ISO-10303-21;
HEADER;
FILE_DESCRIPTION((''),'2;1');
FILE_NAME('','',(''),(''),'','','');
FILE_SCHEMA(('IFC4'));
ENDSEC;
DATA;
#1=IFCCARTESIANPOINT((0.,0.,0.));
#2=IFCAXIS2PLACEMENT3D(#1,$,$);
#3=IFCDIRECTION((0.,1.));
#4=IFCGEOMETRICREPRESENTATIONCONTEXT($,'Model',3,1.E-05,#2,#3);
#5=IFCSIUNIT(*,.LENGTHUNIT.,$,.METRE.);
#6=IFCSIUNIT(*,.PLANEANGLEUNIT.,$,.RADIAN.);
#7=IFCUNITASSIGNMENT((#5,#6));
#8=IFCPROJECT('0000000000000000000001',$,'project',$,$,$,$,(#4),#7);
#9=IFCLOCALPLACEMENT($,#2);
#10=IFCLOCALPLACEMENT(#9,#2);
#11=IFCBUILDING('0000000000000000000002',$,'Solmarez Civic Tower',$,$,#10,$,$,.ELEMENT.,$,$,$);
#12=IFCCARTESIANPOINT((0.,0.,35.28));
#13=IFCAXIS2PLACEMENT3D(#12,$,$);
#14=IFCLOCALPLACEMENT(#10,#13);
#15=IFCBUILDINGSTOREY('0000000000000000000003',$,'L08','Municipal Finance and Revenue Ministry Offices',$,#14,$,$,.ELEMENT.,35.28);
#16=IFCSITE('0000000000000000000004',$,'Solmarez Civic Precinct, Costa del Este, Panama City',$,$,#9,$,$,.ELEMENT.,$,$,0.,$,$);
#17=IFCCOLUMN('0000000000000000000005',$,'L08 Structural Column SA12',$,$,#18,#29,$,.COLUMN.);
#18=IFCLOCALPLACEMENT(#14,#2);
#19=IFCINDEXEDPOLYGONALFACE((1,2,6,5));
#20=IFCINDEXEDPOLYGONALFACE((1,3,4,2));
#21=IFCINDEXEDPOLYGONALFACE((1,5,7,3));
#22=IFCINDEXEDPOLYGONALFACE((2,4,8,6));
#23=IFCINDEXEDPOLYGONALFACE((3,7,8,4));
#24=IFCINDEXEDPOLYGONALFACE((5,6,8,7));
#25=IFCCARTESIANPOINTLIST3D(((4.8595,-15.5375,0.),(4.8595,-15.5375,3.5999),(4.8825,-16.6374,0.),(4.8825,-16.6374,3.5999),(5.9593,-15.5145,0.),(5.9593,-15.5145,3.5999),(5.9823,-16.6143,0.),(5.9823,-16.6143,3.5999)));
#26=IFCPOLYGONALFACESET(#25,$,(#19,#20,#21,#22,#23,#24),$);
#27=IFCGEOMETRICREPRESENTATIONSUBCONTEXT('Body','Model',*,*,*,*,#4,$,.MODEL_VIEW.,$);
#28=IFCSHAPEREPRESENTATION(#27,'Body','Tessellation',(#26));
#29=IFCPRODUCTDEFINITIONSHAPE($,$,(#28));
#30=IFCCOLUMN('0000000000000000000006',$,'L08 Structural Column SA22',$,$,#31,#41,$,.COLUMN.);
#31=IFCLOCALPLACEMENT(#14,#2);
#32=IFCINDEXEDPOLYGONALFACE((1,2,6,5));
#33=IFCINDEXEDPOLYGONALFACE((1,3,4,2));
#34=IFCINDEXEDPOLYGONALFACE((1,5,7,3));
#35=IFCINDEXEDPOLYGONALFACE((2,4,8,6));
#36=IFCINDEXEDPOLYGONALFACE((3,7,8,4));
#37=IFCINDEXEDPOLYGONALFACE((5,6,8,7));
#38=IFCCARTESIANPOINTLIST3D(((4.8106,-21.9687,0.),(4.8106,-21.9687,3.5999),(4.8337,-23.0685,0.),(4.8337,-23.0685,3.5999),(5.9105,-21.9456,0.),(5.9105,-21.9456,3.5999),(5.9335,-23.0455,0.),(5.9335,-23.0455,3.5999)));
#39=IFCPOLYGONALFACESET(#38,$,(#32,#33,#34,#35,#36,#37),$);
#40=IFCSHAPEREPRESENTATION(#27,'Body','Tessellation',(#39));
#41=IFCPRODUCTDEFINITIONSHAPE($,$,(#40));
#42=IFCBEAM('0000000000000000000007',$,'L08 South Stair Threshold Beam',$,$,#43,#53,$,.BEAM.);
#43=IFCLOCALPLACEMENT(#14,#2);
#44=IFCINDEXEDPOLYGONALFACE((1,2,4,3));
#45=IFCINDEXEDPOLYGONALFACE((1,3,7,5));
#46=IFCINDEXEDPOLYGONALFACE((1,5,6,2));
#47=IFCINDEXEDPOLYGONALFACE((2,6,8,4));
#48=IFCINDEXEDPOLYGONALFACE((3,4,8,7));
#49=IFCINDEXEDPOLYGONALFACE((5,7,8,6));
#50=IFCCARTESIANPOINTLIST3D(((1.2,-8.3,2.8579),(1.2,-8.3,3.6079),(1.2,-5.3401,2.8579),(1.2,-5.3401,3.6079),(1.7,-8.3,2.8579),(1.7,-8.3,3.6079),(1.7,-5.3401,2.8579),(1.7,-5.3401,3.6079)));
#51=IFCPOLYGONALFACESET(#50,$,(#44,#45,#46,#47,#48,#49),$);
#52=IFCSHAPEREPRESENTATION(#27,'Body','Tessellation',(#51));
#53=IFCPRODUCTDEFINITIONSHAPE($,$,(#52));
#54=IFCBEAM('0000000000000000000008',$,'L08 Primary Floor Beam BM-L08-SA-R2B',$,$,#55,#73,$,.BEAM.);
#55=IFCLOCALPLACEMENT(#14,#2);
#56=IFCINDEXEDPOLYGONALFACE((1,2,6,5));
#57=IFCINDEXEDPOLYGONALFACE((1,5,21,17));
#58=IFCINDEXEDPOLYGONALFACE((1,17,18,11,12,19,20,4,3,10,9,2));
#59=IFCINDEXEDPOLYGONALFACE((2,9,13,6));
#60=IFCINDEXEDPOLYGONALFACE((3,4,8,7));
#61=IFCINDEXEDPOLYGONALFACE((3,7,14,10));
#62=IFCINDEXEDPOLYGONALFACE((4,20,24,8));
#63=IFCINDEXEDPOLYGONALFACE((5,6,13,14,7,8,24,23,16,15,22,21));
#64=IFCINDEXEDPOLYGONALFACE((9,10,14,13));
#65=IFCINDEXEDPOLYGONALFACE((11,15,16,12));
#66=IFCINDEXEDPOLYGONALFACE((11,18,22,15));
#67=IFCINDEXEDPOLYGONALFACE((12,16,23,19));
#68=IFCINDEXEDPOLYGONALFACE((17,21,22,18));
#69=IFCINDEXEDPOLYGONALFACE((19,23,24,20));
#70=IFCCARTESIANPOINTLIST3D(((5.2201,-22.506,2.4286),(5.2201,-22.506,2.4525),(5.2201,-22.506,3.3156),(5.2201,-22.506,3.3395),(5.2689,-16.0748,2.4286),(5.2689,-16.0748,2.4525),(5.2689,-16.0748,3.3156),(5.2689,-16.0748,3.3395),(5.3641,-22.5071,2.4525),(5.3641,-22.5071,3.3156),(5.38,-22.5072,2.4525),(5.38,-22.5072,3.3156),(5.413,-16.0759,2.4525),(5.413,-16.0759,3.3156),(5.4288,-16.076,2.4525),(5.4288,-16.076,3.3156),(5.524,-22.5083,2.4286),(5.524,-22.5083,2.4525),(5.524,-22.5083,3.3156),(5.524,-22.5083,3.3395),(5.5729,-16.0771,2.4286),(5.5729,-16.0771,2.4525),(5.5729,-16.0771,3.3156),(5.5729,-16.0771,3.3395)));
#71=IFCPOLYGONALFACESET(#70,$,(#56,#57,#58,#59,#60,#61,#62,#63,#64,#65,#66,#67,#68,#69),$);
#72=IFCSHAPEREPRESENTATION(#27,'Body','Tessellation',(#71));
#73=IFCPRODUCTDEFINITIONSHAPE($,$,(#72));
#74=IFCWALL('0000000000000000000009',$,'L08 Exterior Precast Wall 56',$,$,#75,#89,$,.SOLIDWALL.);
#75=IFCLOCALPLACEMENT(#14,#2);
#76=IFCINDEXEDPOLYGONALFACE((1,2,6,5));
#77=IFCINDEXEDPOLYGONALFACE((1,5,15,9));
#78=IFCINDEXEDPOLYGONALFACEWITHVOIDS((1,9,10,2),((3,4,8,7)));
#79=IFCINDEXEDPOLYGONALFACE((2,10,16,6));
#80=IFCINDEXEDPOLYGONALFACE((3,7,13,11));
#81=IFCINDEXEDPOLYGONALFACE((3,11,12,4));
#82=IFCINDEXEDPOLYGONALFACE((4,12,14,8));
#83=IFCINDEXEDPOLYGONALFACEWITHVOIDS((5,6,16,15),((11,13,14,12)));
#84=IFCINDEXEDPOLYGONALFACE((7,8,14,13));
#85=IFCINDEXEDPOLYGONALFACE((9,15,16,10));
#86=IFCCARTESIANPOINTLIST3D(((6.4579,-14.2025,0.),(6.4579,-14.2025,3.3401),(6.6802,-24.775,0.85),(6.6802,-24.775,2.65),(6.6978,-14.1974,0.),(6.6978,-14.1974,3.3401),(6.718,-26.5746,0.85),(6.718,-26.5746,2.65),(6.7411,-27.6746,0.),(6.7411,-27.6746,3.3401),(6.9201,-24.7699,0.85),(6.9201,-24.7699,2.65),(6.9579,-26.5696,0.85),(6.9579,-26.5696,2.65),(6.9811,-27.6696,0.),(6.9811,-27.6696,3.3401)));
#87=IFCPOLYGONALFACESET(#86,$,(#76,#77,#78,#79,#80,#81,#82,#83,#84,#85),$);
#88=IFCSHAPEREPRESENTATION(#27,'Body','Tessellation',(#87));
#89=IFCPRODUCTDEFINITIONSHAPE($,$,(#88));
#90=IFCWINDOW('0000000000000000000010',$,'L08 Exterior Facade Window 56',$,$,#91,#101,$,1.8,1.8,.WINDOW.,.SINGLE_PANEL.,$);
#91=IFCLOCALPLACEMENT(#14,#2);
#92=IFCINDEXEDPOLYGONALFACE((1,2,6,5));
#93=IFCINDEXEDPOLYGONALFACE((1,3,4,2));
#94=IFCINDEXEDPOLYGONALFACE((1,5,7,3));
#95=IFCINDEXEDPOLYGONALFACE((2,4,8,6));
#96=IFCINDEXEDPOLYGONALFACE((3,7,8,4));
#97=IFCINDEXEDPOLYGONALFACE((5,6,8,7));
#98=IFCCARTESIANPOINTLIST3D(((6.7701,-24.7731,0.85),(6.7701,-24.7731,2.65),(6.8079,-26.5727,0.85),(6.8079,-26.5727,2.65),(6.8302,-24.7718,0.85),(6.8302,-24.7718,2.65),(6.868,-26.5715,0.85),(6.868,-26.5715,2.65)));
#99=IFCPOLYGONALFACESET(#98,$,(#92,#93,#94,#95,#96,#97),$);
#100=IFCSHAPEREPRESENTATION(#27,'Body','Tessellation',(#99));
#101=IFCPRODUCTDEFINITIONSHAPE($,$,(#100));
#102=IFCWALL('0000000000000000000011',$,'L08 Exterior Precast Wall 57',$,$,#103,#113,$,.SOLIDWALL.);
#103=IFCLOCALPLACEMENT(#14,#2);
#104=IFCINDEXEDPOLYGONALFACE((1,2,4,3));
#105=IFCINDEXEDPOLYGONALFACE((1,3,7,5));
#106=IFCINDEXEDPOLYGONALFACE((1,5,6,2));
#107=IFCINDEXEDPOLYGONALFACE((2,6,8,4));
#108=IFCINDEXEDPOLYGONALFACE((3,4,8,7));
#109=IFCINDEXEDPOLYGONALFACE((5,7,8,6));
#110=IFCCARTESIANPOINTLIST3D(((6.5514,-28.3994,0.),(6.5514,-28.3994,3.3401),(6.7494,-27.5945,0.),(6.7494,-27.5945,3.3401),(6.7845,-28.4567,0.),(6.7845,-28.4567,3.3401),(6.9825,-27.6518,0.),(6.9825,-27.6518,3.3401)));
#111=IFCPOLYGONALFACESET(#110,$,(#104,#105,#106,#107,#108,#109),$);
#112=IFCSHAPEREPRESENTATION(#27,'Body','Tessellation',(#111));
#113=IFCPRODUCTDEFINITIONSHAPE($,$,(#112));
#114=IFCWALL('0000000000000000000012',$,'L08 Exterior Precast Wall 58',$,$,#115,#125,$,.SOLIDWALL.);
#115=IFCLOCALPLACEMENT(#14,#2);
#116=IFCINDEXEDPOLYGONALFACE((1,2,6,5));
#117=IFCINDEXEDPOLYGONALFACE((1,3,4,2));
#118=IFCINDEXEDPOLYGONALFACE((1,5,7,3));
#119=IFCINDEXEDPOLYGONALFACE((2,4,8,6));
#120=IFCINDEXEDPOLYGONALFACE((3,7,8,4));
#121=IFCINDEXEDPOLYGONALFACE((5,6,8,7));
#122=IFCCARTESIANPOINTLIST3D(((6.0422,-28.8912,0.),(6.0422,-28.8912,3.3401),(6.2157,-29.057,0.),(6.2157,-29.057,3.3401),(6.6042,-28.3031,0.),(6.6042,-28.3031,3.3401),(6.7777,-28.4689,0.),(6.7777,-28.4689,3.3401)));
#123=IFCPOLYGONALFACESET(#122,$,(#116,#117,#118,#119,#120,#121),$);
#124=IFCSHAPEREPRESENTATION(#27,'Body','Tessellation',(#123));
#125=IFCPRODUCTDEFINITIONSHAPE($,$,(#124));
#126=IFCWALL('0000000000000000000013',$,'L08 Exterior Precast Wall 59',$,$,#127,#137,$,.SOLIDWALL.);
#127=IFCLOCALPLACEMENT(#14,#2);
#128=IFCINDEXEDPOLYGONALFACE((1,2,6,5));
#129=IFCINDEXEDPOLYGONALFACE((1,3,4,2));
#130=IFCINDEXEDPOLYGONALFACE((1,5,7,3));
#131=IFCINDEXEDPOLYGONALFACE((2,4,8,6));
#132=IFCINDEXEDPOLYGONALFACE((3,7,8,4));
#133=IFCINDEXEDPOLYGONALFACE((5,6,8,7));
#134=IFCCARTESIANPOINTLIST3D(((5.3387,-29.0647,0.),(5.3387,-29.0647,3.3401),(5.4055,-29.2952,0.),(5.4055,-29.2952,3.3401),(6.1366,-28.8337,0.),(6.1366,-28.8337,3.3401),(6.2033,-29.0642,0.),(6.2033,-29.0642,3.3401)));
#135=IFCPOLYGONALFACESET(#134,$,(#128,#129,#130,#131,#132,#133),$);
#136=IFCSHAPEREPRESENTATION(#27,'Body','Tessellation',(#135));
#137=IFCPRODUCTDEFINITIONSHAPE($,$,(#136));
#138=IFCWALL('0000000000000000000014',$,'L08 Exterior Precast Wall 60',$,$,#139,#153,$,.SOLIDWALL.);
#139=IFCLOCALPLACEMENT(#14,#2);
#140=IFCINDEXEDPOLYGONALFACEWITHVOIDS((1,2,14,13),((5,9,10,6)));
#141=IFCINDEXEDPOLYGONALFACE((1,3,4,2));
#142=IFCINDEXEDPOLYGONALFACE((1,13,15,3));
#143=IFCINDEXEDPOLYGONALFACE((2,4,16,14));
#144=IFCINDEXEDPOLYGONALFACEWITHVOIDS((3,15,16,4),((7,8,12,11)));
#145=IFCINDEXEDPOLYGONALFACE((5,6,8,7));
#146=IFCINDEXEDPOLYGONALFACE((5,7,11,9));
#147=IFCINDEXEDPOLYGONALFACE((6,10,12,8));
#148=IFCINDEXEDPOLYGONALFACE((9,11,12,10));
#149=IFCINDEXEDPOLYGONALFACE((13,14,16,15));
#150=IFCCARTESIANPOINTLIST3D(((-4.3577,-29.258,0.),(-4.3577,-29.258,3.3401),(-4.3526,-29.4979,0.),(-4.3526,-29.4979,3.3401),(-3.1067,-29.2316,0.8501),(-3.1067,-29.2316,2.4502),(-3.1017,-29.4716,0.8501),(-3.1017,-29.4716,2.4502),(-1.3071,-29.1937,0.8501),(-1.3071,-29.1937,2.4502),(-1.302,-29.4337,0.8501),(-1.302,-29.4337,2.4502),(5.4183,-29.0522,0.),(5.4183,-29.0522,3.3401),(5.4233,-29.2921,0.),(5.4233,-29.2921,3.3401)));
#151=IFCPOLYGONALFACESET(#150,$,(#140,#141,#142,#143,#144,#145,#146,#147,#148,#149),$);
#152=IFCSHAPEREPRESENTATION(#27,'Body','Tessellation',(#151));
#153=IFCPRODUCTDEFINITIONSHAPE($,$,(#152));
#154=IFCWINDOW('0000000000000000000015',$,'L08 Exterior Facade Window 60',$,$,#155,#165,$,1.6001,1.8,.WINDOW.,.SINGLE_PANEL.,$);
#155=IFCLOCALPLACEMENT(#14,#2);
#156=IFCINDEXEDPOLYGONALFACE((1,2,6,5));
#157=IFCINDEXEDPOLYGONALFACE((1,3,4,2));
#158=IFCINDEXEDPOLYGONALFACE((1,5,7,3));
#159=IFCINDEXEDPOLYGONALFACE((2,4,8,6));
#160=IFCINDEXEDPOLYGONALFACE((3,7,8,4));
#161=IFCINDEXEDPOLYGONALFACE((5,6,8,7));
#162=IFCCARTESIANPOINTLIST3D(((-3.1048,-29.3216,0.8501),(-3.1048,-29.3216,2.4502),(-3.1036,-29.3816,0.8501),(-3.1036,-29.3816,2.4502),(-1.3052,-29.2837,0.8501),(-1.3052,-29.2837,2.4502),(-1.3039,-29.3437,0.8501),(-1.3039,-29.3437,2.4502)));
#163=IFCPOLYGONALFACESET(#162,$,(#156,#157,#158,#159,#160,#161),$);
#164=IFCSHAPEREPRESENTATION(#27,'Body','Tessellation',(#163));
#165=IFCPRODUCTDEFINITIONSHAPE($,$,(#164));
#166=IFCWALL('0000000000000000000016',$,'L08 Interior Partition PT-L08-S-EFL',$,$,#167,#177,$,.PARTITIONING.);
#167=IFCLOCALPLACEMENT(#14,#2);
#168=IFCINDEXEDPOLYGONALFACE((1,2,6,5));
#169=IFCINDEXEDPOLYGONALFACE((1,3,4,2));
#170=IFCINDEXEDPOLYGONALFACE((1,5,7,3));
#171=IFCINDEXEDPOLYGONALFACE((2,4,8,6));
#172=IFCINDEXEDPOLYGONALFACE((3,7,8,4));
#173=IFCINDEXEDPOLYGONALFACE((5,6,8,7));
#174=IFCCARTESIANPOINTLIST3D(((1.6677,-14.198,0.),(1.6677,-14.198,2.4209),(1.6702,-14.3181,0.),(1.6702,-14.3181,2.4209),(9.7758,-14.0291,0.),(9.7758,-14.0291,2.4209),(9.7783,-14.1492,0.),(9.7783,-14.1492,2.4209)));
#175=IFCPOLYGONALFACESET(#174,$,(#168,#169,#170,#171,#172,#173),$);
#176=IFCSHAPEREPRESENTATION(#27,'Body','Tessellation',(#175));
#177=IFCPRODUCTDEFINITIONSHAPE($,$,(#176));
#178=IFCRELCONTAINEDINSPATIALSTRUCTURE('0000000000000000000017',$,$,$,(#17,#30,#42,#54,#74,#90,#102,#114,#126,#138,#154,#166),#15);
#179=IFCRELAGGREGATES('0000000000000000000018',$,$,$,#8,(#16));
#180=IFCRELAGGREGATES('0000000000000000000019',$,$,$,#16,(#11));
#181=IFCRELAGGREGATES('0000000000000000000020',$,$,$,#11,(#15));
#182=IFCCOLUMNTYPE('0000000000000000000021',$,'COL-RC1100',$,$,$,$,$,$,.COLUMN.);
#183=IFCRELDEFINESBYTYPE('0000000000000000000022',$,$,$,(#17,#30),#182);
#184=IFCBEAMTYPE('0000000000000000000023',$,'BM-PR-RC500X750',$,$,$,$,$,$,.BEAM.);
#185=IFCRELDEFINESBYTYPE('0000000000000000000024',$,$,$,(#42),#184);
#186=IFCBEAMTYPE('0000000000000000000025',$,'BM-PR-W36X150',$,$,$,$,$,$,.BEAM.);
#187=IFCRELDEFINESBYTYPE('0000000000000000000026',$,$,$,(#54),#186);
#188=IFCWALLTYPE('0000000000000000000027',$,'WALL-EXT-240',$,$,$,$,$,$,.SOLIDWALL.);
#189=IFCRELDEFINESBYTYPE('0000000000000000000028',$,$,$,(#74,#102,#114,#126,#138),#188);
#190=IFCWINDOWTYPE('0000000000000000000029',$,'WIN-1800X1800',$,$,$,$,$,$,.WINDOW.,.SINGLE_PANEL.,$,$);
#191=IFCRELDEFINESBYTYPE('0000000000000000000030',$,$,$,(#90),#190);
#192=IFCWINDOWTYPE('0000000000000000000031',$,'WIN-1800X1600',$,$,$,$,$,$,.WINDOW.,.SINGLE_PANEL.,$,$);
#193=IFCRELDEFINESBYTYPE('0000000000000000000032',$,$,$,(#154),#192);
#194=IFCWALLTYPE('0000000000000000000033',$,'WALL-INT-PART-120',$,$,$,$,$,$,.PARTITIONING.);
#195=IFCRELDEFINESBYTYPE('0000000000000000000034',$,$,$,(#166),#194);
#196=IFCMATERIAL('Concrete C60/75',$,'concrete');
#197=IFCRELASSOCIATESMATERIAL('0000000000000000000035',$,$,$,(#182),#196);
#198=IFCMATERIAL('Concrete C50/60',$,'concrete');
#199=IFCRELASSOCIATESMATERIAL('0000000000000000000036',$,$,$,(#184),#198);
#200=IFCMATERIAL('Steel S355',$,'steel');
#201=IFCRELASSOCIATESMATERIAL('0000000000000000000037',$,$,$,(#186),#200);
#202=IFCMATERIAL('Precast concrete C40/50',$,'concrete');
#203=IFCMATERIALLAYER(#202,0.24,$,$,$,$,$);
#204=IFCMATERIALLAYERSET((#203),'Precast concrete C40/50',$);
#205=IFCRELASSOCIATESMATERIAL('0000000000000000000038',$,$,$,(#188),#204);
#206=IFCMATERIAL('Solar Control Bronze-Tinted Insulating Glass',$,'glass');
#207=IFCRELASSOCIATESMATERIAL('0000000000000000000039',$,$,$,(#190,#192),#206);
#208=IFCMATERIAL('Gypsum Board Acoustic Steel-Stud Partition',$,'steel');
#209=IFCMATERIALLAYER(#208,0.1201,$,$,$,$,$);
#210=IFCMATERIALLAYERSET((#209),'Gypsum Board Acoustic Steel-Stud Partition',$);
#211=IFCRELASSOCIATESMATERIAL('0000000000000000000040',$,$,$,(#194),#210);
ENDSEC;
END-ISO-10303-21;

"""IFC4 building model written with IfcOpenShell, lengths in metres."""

from ifc_helpers import new_model, si_unit, direction, frame, frame_2d, origin, origin_2d, place, context, subcontext, project, spatial, rectangle, i_section, extrude, material, layer, layer_set, material_profile, profile_set, type_object, element, fill, save


model = new_model("IFC4")

# Units and contexts
model_context = context("Model", 3, precision=1e-05, world=origin(), true_north=direction((0.0, 1.0)))
body_context = subcontext(model_context, "Body", "Model", "MODEL_VIEW")
ifc_project = project(units=[si_unit("LENGTHUNIT", "METRE"), si_unit("PLANEANGLEUNIT", "RADIAN")], contexts=[model_context])

# Site, building, storey
site_placement = place(None, origin())
site = spatial("IfcSite", under=ifc_project, at=site_placement, Name="Solmarez Civic Precinct, Costa del Este, Panama City", CompositionType="ELEMENT", RefElevation=0.0)
building_placement = place(site_placement, origin())
building = spatial("IfcBuilding", under=site, at=building_placement, Name="Solmarez Civic Tower", CompositionType="ELEMENT")
storey_placement = place(building_placement, frame((0.0, 0.0, 35.28)))
storey = spatial("IfcBuildingStorey", under=building, at=storey_placement, Name="L08", Description="Municipal Finance and Revenue Ministry Offices", CompositionType="ELEMENT", Elevation=35.28)

# Columns
ifc_material_1 = material(Name="Concrete C60/75", Category="concrete")
ifc_material_profile_1 = material_profile(ifc_material_1, rectangle(XDim=1.1001, YDim=1.1001, at=origin_2d()), Name="RC1100X1100")
ifc_profile_set_1 = profile_set([ifc_material_profile_1], Name="Concrete C60/75")
column_type = type_object("IfcColumnType", Name="COL-RC1100", PredefinedType="COLUMN", material=ifc_profile_set_1)
for number, where, z_axis, x_axis, name in (
    (1, (5.4209, -16.0759, 0.0), (0.0, 0.0, 1.0), (0.999781, 0.020942, 0.0), "L08 Structural Column SA12"),
    (2, (5.3721, -22.5071, 0.0), (0.0, 0.0, 1.0), (0.999781, 0.020942, 0.0), "L08 Structural Column SA22"),
):
    element("IfcColumn", number, at=place(storey_placement, frame(where, z_axis=z_axis, x_axis=x_axis)), inside=storey, type_object=column_type, Name=name, PredefinedType="COLUMN", context=body_context, shape_type="SweptSolid", body=[
        extrude(rectangle(XDim=1.1001, YDim=1.1001, at=origin_2d()), origin(), (0.0, 0.0, 1.0), 3.5999),
    ])

# Beams
ifc_material_2 = material(Name="Concrete C50/60", Category="concrete")
ifc_material_profile_2 = material_profile(ifc_material_2, rectangle(XDim=0.5, YDim=0.75, at=origin_2d()), Name="RC500X750")
ifc_profile_set_2 = profile_set([ifc_material_profile_2], Name="Concrete C50/60")
beam_type_1 = type_object("IfcBeamType", Name="BM-PR-RC500X750", PredefinedType="BEAM", material=ifc_profile_set_2)
beam_1_placement = place(storey_placement, frame((1.45, -8.3, 3.2329), z_axis=(0.0, 1.0, 0.0), x_axis=(-1.0, 0.0, 0.0)))
element("IfcBeam", 3, at=beam_1_placement, inside=storey, type_object=beam_type_1, Name="L08 South Stair Threshold Beam", PredefinedType="BEAM", context=body_context, shape_type="SweptSolid", body=[
    extrude(rectangle(XDim=0.5, YDim=0.75, at=origin_2d()), origin(), (0.0, 0.0, 1.0), 2.96),
])
ifc_material_3 = material(Name="Steel S355", Category="steel")
ifc_material_profile_3 = material_profile(ifc_material_3, i_section(OverallWidth=0.304, OverallDepth=0.9109, WebThickness=0.0159, FlangeThickness=0.0239, at=origin_2d()), Name="W36X150")
ifc_profile_set_3 = profile_set([ifc_material_profile_3], Name="Steel S355")
beam_type_2 = type_object("IfcBeamType", Name="BM-PR-W36X150", PredefinedType="BEAM", material=ifc_profile_set_3)
beam_2_placement = place(storey_placement, frame((5.4209, -16.0759, 2.884), z_axis=(-0.007592, -0.999971, 0.0), x_axis=(0.999971, -0.007592, 0.0)))
element("IfcBeam", 4, at=beam_2_placement, inside=storey, type_object=beam_type_2, Name="L08 Primary Floor Beam BM-L08-SA-R2B", PredefinedType="BEAM", context=body_context, shape_type="SweptSolid", body=[
    extrude(i_section(OverallWidth=0.304, OverallDepth=0.9109, WebThickness=0.0159, FlangeThickness=0.0239, at=origin_2d()), origin(), (0.0, 0.0, 1.0), 6.4314),
])

# Wall, opening, window
ifc_material_4 = material(Name="Precast concrete C40/50", Category="concrete")
ifc_layer_1 = layer(ifc_material_4, 0.24)
ifc_layer_set_1 = layer_set([ifc_layer_1], Name="Precast concrete C40/50")
wall_type_1 = type_object("IfcWallType", Name="WALL-EXT-240", PredefinedType="SOLIDWALL", material=ifc_layer_set_1)
wall_1_placement = place(storey_placement, frame((6.5779, -14.2, 0.0), z_axis=(0.0, 0.0, 1.0), x_axis=(0.021017, -0.999779, 0.0)))
wall_1 = element("IfcWall", 5, at=wall_1_placement, inside=storey, type_object=wall_type_1, Name="L08 Exterior Precast Wall 56", PredefinedType="SOLIDWALL", context=body_context, shape_type="SweptSolid", body=[
    extrude(rectangle(XDim=13.4751, YDim=0.24, at=frame_2d((6.7375, 0.0))), origin(), (0.0, 0.0, 1.0), 3.3401),
])
opening_1_placement = place(wall_1_placement, frame((10.575, 0.0, 0.8501)))
opening_1 = element("IfcOpeningElement", 6, at=opening_1_placement, cuts=wall_1, PredefinedType="OPENING", context=body_context, shape_type="SweptSolid", body=[
    extrude(rectangle(XDim=1.8, YDim=1.8, at=frame_2d((0.8999, 0.8999))), frame((0.0, 0.1299, 0.0), z_axis=(0.0, -1.0, 0.0), x_axis=(1.0, 0.0, 0.0)), (0.0, 0.0, 1.0), 0.26),
])
ifc_material_5 = material(Name="Solar Control Bronze-Tinted Insulating Glass", Category="glass")
window_type_1 = type_object("IfcWindowType", Name="WIN-1800X1800", PartitioningType="SINGLE_PANEL", PredefinedType="WINDOW", material=ifc_material_5)
window_1_placement = place(opening_1_placement, origin())
window_1 = element("IfcWindow", 7, at=window_1_placement, inside=storey, type_object=window_type_1, Name="L08 Exterior Facade Window 56", OverallHeight=1.8, OverallWidth=1.8, PartitioningType="SINGLE_PANEL", PredefinedType="WINDOW", context=body_context, shape_type="SweptSolid", body=[
    extrude(rectangle(XDim=1.8, YDim=1.8, at=frame_2d((0.8999, 0.8999))), frame((0.0, 0.03, 0.0), z_axis=(0.0, -1.0, 0.0), x_axis=(1.0, 0.0, 0.0)), (0.0, 0.0, 1.0), 0.0601),
])
fill(opening_1, window_1)

# Walls
wall_2_placement = place(storey_placement, frame((6.866, -27.623, 0.0), z_axis=(0.0, 0.0, 1.0), x_axis=(-0.238861, -0.971054, 0.0)))
element("IfcWall", 8, at=wall_2_placement, inside=storey, type_object=wall_type_1, Name="L08 Exterior Precast Wall 57", PredefinedType="SOLIDWALL", context=body_context, shape_type="SweptSolid", body=[
    extrude(rectangle(XDim=0.8289, YDim=0.24, at=frame_2d((0.4146, 0.0))), origin(), (0.0, 0.0, 1.0), 3.3401),
])
wall_3_placement = place(storey_placement, frame((6.6909, -28.386, 0.0), z_axis=(0.0, 0.0, 1.0), x_axis=(-0.690868, -0.722981, 0.0)))
element("IfcWall", 9, at=wall_3_placement, inside=storey, type_object=wall_type_1, Name="L08 Exterior Precast Wall 58", PredefinedType="SOLIDWALL", context=body_context, shape_type="SweptSolid", body=[
    extrude(rectangle(XDim=0.8135, YDim=0.24, at=frame_2d((0.4067, 0.0))), origin(), (0.0, 0.0, 1.0), 3.3401),
])
wall_4_placement = place(storey_placement, frame((6.1699, -28.949, 0.0), z_axis=(0.0, 0.0, 1.0), x_axis=(-0.960564, -0.278058, 0.0)))
element("IfcWall", 10, at=wall_4_placement, inside=storey, type_object=wall_type_1, Name="L08 Exterior Precast Wall 59", PredefinedType="SOLIDWALL", context=body_context, shape_type="SweptSolid", body=[
    extrude(rectangle(XDim=0.8306, YDim=0.24, at=frame_2d((0.4153, 0.0))), origin(), (0.0, 0.0, 1.0), 3.3401),
])

# Wall, opening, window
wall_5_placement = place(storey_placement, frame((5.4209, -29.1721, 0.0), z_axis=(0.0, 0.0, 1.0), x_axis=(-0.999778, -0.021048, 0.0)))
wall_5 = element("IfcWall", 11, at=wall_5_placement, inside=storey, type_object=wall_type_1, Name="L08 Exterior Precast Wall 60", PredefinedType="SOLIDWALL", context=body_context, shape_type="SweptSolid", body=[
    extrude(rectangle(XDim=9.7781, YDim=0.24, at=frame_2d((4.8892, 0.0))), origin(), (0.0, 0.0, 1.0), 3.3401),
])
opening_2_placement = place(wall_5_placement, frame((6.7271, 0.0, 0.8501)))
opening_2 = element("IfcOpeningElement", 12, at=opening_2_placement, cuts=wall_5, PredefinedType="OPENING", context=body_context, shape_type="SweptSolid", body=[
    extrude(rectangle(XDim=1.8, YDim=1.6001, at=frame_2d((0.8999, 0.8))), frame((0.0, 0.1299, 0.0), z_axis=(0.0, -1.0, 0.0), x_axis=(1.0, 0.0, 0.0)), (0.0, 0.0, 1.0), 0.26),
])
window_type_2 = type_object("IfcWindowType", Name="WIN-1800X1600", PartitioningType="SINGLE_PANEL", PredefinedType="WINDOW", material=ifc_material_5)
window_2_placement = place(opening_2_placement, origin())
window_2 = element("IfcWindow", 13, at=window_2_placement, inside=storey, type_object=window_type_2, Name="L08 Exterior Facade Window 60", OverallHeight=1.6001, OverallWidth=1.8, PartitioningType="SINGLE_PANEL", PredefinedType="WINDOW", context=body_context, shape_type="SweptSolid", body=[
    extrude(rectangle(XDim=1.8, YDim=1.6001, at=frame_2d((0.8999, 0.8))), frame((0.0, 0.03, 0.0), z_axis=(0.0, -1.0, 0.0), x_axis=(1.0, 0.0, 0.0)), (0.0, 0.0, 1.0), 0.0601),
])
fill(opening_2, window_2)

# Wall
ifc_material_6 = material(Name="Gypsum Board Acoustic Steel-Stud Partition", Category="steel")
ifc_layer_2 = layer(ifc_material_6, 0.1201)
ifc_layer_set_2 = layer_set([ifc_layer_2], Name="Gypsum Board Acoustic Steel-Stud Partition")
wall_type_2 = type_object("IfcWallType", Name="WALL-INT-PART-120", PredefinedType="PARTITIONING", material=ifc_layer_set_2)
wall_6_placement = place(storey_placement, frame((1.6689, -14.2581, 0.0), z_axis=(0.0, 0.0, 1.0), x_axis=(0.999783, 0.020832, 0.0)))
element("IfcWall", 14, at=wall_6_placement, inside=storey, type_object=wall_type_2, Name="L08 Interior Partition PT-L08-S-EFL", PredefinedType="PARTITIONING", context=body_context, shape_type="SweptSolid", body=[
    extrude(rectangle(XDim=8.1099, YDim=0.1201, at=frame_2d((4.0549, 0.0))), origin(), (0.0, 0.0, 1.0), 2.4209),
])

save(model, "model.ifc")
